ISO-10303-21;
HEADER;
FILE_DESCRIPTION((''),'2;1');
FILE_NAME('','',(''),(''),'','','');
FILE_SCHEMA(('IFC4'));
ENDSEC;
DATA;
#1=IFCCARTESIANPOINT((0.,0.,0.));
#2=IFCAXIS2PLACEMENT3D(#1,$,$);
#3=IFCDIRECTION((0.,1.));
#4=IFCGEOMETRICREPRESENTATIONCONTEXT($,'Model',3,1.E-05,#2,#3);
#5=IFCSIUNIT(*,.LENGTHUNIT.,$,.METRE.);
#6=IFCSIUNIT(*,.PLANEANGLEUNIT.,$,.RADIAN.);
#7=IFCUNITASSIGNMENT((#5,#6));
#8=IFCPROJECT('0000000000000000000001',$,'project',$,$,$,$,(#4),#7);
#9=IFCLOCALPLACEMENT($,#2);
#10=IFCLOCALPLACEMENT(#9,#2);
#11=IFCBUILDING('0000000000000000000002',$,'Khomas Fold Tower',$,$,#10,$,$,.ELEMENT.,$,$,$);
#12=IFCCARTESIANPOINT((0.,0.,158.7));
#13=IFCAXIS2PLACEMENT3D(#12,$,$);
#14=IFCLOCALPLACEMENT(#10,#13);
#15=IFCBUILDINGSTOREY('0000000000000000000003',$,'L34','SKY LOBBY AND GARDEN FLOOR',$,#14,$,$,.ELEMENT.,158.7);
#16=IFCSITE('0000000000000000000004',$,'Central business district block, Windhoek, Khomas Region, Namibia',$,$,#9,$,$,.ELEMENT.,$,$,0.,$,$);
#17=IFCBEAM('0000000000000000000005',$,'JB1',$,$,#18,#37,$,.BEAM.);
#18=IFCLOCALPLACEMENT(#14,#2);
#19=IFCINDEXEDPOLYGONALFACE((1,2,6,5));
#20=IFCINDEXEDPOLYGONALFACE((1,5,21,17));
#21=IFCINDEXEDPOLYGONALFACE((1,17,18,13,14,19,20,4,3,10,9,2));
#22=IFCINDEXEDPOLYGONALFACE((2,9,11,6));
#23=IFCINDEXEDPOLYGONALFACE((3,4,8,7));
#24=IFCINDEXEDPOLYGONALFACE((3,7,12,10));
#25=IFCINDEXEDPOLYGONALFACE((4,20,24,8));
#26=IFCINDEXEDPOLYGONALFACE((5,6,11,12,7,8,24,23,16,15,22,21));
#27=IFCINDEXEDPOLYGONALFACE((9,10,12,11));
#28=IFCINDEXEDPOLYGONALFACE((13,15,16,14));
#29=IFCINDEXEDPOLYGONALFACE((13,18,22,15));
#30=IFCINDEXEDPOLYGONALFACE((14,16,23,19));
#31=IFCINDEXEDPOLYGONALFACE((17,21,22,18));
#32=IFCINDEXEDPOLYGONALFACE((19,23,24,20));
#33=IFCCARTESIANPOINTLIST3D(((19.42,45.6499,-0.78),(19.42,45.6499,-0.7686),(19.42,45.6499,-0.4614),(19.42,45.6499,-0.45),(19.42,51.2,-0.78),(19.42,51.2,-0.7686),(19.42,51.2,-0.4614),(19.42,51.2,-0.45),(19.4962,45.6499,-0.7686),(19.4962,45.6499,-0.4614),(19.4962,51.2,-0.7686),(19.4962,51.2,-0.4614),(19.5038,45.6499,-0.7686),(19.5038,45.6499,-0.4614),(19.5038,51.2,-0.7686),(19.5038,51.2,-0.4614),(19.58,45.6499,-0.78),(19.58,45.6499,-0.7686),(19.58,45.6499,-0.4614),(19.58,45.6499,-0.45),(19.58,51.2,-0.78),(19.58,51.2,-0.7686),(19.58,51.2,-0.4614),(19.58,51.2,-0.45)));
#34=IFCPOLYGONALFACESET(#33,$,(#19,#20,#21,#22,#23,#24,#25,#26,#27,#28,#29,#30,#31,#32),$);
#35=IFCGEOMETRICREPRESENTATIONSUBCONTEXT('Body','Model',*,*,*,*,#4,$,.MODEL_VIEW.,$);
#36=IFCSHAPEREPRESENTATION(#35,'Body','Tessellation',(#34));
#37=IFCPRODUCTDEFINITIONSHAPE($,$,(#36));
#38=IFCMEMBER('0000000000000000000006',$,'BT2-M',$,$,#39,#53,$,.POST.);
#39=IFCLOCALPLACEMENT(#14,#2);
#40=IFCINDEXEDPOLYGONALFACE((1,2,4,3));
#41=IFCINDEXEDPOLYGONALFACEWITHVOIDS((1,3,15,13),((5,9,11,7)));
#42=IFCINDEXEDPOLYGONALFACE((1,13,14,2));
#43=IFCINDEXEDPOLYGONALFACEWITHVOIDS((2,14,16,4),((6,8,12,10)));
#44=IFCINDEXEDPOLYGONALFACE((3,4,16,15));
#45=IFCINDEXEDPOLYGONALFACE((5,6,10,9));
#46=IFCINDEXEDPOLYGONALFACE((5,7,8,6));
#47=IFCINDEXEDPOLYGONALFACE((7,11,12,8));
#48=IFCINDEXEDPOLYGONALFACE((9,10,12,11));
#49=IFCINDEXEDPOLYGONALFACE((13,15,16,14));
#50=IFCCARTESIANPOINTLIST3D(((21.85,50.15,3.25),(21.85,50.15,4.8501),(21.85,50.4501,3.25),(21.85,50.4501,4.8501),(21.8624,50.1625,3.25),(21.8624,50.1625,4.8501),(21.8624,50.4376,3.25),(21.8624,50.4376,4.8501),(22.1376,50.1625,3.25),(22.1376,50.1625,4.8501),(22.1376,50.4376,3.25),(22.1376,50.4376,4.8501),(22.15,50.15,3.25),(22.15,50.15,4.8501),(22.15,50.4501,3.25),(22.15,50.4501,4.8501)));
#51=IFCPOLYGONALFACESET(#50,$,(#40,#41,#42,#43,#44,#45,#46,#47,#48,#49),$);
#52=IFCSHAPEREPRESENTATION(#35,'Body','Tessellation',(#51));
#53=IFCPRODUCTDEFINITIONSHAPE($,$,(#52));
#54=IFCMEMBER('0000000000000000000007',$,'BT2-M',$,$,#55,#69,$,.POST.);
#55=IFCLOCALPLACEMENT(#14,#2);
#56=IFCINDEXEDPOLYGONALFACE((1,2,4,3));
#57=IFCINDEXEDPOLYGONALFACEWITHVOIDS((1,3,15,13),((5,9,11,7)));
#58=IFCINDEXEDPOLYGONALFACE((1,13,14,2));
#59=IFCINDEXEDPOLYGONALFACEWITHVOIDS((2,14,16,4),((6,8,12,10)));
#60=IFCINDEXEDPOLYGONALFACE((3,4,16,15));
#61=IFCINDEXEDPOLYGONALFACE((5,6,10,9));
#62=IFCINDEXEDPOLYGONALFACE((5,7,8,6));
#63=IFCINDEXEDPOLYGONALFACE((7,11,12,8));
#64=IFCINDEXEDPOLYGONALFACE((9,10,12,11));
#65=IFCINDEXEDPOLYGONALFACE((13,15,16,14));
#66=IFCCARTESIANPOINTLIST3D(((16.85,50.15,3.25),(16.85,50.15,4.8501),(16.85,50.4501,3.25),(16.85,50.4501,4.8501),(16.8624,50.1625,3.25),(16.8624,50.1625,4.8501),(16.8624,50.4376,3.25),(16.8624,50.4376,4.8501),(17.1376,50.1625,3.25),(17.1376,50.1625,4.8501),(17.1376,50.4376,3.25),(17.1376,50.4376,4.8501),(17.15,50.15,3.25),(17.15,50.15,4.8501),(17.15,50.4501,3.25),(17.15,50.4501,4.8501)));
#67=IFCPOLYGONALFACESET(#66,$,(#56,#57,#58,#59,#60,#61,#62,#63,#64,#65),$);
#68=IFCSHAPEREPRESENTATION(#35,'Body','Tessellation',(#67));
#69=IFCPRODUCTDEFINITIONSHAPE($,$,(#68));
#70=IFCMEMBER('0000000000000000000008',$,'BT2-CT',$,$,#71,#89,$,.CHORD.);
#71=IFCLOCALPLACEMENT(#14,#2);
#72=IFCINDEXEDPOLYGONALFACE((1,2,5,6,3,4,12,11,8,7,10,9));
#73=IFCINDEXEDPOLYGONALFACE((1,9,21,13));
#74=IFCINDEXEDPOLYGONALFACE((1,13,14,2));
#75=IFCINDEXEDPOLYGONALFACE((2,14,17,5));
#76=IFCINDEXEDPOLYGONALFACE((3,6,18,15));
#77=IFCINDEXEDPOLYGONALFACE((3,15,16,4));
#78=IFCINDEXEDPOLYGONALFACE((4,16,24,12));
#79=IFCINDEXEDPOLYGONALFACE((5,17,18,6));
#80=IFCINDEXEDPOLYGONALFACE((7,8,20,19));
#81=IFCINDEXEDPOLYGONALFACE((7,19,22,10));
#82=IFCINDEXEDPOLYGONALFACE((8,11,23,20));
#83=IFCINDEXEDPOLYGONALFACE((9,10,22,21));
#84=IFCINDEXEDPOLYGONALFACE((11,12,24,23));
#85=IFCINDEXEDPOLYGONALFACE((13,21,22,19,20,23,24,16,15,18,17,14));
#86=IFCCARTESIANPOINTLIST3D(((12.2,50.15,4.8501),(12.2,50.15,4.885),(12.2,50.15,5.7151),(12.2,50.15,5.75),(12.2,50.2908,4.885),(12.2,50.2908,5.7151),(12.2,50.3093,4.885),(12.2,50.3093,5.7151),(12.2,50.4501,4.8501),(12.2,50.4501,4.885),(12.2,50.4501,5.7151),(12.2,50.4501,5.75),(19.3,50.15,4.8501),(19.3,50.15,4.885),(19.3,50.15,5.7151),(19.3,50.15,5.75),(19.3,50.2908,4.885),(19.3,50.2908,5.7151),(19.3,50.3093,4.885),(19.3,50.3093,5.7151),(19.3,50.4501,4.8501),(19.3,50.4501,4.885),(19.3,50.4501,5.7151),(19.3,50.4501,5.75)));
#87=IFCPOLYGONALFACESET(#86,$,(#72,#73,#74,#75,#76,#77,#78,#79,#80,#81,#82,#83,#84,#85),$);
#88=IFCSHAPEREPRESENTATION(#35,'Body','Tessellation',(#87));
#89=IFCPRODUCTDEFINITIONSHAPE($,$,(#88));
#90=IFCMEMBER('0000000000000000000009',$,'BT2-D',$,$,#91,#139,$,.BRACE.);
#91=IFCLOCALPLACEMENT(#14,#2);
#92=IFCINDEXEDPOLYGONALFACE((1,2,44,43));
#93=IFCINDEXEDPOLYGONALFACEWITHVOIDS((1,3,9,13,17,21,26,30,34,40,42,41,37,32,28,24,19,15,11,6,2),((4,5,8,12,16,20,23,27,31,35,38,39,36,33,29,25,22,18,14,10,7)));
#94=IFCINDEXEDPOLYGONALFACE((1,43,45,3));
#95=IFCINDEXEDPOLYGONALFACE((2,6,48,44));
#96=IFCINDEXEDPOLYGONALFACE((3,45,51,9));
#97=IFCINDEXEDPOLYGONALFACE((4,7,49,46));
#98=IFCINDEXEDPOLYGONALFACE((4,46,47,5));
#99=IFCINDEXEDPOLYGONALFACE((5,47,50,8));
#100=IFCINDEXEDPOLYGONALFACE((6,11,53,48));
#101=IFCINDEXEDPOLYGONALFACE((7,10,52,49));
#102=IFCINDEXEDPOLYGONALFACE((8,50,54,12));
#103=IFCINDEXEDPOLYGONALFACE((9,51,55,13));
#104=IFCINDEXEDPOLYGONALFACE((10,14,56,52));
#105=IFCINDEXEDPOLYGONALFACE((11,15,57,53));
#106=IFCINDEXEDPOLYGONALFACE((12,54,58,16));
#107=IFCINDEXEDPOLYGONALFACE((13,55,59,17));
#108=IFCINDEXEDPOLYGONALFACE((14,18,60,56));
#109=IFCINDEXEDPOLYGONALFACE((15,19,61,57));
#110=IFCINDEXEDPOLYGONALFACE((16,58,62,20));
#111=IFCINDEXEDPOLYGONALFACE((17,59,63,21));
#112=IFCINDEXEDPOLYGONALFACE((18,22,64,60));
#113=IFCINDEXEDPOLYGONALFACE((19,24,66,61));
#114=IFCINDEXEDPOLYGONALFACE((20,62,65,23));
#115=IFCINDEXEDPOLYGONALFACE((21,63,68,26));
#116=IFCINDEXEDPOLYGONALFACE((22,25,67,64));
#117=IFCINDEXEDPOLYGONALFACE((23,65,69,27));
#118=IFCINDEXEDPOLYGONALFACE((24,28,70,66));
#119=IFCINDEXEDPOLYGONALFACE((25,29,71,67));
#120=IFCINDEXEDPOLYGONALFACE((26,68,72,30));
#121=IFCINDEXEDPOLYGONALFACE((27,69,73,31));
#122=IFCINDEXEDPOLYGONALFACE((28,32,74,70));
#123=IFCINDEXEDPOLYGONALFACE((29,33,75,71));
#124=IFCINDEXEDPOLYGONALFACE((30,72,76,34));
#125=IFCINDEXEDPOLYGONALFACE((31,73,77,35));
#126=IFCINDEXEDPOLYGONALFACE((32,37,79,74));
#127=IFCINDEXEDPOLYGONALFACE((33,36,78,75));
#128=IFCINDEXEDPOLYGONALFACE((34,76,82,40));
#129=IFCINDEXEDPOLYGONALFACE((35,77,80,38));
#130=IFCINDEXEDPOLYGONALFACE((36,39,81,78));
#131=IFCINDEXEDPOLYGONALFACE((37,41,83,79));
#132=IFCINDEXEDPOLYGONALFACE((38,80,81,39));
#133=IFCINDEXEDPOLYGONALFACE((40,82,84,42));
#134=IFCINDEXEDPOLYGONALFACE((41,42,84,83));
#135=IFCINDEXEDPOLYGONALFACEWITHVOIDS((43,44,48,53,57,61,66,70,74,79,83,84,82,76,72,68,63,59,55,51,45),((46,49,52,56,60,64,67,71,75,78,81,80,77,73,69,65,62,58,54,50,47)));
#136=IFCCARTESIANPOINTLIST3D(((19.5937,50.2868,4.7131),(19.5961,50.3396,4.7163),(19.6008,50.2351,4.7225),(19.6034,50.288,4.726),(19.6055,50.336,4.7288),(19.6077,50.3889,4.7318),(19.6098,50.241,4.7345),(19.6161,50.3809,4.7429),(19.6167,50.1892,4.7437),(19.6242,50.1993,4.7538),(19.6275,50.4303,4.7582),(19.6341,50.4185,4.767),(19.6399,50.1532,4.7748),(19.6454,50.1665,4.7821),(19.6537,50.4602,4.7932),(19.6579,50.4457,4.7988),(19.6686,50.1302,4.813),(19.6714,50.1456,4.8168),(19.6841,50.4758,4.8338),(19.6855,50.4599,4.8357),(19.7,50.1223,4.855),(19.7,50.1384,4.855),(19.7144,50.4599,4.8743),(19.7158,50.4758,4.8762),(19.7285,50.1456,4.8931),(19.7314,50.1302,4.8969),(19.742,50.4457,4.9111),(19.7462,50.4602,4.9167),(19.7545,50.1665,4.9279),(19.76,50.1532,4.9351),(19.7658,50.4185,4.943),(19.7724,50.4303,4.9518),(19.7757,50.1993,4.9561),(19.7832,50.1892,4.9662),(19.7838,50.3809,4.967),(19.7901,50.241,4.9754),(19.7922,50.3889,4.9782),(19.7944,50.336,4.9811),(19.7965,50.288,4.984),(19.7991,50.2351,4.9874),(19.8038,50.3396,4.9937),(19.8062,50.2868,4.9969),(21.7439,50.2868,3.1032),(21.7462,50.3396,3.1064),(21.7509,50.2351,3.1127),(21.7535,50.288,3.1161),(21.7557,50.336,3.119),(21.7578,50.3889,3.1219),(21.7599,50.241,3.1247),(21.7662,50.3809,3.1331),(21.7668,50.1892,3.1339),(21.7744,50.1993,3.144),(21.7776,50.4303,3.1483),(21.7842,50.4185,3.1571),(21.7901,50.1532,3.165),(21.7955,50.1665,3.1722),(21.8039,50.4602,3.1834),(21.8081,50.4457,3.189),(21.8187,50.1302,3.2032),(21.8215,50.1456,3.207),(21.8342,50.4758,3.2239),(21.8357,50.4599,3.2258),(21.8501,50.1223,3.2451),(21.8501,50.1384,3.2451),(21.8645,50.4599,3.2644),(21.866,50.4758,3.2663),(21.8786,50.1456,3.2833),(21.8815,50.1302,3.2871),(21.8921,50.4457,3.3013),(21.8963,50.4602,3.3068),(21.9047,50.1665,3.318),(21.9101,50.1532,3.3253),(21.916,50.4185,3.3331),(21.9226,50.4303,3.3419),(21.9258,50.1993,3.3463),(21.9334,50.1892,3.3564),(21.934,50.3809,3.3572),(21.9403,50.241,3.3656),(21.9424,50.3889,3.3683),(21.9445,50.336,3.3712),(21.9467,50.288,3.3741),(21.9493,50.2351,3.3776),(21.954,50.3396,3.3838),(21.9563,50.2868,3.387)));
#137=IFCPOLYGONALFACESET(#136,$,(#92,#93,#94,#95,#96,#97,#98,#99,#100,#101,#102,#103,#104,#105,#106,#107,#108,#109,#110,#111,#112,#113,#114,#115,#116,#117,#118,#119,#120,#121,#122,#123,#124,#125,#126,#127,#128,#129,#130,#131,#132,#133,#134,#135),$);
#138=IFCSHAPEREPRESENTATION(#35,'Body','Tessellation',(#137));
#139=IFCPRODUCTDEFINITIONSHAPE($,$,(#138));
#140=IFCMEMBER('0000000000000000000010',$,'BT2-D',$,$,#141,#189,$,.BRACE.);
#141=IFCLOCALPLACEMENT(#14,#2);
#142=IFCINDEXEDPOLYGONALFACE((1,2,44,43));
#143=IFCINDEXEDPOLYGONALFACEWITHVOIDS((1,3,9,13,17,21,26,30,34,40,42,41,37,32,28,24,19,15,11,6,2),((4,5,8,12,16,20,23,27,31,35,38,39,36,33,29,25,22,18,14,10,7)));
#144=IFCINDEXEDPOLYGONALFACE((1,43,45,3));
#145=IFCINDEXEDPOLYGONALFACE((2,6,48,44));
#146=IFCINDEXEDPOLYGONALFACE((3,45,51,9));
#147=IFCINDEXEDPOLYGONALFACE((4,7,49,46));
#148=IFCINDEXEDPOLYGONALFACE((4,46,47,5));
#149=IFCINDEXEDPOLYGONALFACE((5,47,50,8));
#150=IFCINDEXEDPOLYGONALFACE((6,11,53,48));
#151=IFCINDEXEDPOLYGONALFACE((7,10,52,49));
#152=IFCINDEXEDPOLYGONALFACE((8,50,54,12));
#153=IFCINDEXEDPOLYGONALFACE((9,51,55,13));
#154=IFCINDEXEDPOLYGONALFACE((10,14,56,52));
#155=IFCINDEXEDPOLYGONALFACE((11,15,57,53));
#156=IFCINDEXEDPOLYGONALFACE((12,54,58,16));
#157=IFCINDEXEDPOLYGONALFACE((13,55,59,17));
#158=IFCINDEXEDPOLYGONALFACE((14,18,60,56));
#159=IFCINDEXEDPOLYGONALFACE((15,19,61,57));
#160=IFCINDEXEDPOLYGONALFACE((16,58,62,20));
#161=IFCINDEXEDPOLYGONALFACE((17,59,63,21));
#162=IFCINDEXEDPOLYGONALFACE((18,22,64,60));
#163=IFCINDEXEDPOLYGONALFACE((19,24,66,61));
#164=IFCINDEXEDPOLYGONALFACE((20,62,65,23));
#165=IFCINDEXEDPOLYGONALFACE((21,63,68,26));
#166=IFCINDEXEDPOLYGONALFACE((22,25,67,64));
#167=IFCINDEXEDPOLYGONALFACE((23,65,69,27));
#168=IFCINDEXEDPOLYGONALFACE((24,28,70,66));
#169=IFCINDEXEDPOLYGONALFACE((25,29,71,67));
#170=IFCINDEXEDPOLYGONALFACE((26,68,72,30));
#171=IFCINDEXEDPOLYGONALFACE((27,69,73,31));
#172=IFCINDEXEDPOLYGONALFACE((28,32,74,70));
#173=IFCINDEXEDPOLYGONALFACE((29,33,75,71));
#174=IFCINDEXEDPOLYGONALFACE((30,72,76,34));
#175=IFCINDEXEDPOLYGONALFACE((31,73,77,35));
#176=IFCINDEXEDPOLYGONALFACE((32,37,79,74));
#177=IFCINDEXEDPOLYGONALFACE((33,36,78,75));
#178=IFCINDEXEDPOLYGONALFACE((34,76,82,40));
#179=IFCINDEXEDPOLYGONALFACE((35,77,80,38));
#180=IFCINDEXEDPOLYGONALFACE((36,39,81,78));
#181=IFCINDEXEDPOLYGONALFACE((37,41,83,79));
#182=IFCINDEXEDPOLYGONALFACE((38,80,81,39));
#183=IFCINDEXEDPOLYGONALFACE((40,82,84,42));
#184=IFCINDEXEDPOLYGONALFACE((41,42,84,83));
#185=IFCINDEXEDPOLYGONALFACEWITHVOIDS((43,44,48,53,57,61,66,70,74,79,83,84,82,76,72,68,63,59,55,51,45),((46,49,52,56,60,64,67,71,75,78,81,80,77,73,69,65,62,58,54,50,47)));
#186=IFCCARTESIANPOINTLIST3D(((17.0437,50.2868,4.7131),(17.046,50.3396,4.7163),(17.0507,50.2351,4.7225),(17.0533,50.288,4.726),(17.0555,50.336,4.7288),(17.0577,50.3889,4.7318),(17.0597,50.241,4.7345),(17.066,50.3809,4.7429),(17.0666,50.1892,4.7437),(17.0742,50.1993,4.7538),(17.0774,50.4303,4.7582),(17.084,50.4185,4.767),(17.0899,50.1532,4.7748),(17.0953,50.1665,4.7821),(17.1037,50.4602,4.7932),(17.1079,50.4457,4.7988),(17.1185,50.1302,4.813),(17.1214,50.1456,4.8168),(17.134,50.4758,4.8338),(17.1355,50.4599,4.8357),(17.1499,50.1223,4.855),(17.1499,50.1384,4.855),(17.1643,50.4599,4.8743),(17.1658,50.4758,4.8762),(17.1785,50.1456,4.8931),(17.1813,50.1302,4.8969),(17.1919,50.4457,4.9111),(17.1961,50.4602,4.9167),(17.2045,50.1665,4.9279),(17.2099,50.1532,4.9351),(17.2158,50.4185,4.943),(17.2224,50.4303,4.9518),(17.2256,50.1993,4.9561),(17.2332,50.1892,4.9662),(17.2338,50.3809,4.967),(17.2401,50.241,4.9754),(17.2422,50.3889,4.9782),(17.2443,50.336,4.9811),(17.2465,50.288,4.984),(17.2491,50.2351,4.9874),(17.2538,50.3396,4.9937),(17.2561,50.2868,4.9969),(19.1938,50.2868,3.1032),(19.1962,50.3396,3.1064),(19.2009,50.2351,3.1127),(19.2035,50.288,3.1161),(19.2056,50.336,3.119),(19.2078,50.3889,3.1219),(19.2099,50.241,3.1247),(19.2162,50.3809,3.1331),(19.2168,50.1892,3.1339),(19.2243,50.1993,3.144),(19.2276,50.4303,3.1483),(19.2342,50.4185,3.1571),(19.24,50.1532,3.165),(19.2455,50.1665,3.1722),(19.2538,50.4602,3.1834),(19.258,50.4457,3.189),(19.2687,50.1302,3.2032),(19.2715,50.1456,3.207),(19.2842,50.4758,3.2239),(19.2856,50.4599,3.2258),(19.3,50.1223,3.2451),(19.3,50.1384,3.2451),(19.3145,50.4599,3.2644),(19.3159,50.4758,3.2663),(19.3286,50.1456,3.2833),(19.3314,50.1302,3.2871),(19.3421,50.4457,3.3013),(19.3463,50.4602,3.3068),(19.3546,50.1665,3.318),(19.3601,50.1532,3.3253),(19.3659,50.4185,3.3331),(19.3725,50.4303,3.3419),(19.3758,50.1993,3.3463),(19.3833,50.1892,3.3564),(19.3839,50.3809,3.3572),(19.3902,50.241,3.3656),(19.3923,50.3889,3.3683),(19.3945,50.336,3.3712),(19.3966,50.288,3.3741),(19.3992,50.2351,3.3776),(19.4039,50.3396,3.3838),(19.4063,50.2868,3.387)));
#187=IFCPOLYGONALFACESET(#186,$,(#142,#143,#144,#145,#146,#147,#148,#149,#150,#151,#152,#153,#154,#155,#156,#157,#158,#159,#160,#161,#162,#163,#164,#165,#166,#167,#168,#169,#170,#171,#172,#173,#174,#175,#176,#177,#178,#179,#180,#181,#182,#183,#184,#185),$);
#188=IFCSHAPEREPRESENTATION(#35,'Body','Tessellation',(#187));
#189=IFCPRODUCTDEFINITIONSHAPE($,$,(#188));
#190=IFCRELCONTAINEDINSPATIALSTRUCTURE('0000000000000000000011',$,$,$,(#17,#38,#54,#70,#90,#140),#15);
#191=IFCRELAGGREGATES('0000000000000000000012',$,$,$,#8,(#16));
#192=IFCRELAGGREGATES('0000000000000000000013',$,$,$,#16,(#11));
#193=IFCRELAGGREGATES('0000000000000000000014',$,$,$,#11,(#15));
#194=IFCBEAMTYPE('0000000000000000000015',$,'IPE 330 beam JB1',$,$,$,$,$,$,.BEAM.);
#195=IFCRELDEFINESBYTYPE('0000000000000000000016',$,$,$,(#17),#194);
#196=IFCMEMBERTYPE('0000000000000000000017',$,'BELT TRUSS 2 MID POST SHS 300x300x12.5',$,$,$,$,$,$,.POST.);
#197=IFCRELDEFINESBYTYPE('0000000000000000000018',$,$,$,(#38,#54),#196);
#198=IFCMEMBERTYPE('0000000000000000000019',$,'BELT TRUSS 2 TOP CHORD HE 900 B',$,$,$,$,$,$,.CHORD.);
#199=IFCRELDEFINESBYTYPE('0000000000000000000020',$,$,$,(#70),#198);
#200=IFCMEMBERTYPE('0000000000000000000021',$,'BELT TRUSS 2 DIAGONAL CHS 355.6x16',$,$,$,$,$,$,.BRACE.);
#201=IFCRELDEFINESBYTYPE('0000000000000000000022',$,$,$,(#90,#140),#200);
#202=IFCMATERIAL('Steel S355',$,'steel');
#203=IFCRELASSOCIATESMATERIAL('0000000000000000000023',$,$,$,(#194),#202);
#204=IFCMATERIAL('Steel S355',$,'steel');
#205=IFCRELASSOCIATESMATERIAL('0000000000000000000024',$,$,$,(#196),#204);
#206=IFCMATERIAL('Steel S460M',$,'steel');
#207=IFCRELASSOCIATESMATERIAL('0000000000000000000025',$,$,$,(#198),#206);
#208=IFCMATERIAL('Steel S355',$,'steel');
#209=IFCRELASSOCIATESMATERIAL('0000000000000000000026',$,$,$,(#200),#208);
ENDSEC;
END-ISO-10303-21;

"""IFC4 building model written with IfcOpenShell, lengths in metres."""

from ifc_helpers import new_model, si_unit, direction, frame, origin, origin_2d, place, context, subcontext, project, spatial, hollow_rectangle, hollow_circle, i_section, extrude, source, transform, mapped, material, material_profile, profile_set, type_object, element, save


model = new_model("IFC4")

# Units and contexts
model_context = context("Model", 3, precision=1e-05, world=origin(), true_north=direction((0.0, 1.0)))
body_context = subcontext(model_context, "Body", "Model", "MODEL_VIEW")
ifc_project = project(units=[si_unit("LENGTHUNIT", "METRE"), si_unit("PLANEANGLEUNIT", "RADIAN")], contexts=[model_context])

# Site, building, storey
site_placement = place(None, origin())
site = spatial("IfcSite", under=ifc_project, at=site_placement, Name="Central business district block, Windhoek, Khomas Region, Namibia", CompositionType="ELEMENT", RefElevation=0.0)
building_placement = place(site_placement, origin())
building = spatial("IfcBuilding", under=site, at=building_placement, Name="Khomas Fold Tower", CompositionType="ELEMENT")
storey_placement = place(building_placement, frame((0.0, 0.0, 158.7)))
storey = spatial("IfcBuildingStorey", under=building, at=storey_placement, Name="L34", Description="SKY LOBBY AND GARDEN FLOOR", CompositionType="ELEMENT", Elevation=158.7)

# Beam
ifc_material_1 = material(Name="Steel S355", Category="steel")
ifc_material_profile_1 = material_profile(ifc_material_1, i_section(OverallWidth=0.1599, OverallDepth=0.3301, WebThickness=0.0076, FlangeThickness=0.0115, at=origin_2d()), Name="IPE 330")
ifc_profile_set_1 = profile_set([ifc_material_profile_1], Name="Steel S355")
beam_type_1 = type_object("IfcBeamType", Name="IPE 330 beam JB1", PredefinedType="BEAM", material=ifc_profile_set_1)
shared_shape_1 = source(origin(), body_context, "Body", "SweptSolid", [
    extrude(i_section(OverallWidth=0.1599, OverallDepth=0.3301, WebThickness=0.0076, FlangeThickness=0.0115, at=origin_2d()), origin(), (0.0, 0.0, 1.0), 5.55),
])
beam_1_placement = place(storey_placement, frame((19.5, 45.6499, -0.615), z_axis=(0.0, 1.0, 0.0), x_axis=(-1.0, 0.0, 0.0)))
element("IfcBeam", 1, at=beam_1_placement, inside=storey, type_object=beam_type_1, Name="JB1", PredefinedType="BEAM", context=body_context, shape_type="MappedRepresentation", body=[
    mapped(shared_shape_1, transform((0.0, 0.0, 0.0))),
])

# Members
ifc_material_2 = material(Name="Steel S355", Category="steel")
ifc_material_profile_2 = material_profile(ifc_material_2, hollow_rectangle(XDim=0.3, YDim=0.3, WallThickness=0.0125, at=origin_2d()), Name="SHS 300x300x12.5")
ifc_profile_set_2 = profile_set([ifc_material_profile_2], Name="Steel S355")
member_type_1 = type_object("IfcMemberType", Name="BELT TRUSS 2 MID POST SHS 300x300x12.5", PredefinedType="POST", material=ifc_profile_set_2)
shared_shape_2 = source(origin(), body_context, "Body", "SweptSolid", [
    extrude(hollow_rectangle(XDim=0.3, YDim=0.3, WallThickness=0.0125, at=origin_2d()), origin(), (0.0, 0.0, 1.0), 1.6001),
])
for number, where, z_axis, x_axis, name in (
    (2, (22.0, 50.3, 3.25), (0.0, 0.0, 1.0), (1.0, 0.0, 0.0), "BT2-M"),
    (3, (17.0, 50.3, 3.25), (0.0, 0.0, 1.0), (1.0, 0.0, 0.0), "BT2-M"),
):
    element("IfcMember", number, at=place(storey_placement, frame(where, z_axis=z_axis, x_axis=x_axis)), inside=storey, type_object=member_type_1, Name=name, PredefinedType="POST", context=body_context, shape_type="MappedRepresentation", body=[
        mapped(shared_shape_2, transform((0.0, 0.0, 0.0))),
    ])
ifc_material_3 = material(Name="Steel S460M", Category="steel")
ifc_material_profile_3 = material_profile(ifc_material_3, i_section(OverallWidth=0.3, OverallDepth=0.8999, WebThickness=0.0186, FlangeThickness=0.0349, at=origin_2d()), Name="HE 900 B")
ifc_profile_set_3 = profile_set([ifc_material_profile_3], Name="Steel S460M")
member_type_2 = type_object("IfcMemberType", Name="BELT TRUSS 2 TOP CHORD HE 900 B", PredefinedType="CHORD", material=ifc_profile_set_3)
shared_shape_3 = source(origin(), body_context, "Body", "SweptSolid", [
    extrude(i_section(OverallWidth=0.3, OverallDepth=0.8999, WebThickness=0.0186, FlangeThickness=0.0349, at=origin_2d()), origin(), (0.0, 0.0, 1.0), 7.1001),
])
member_1_placement = place(storey_placement, frame((19.3, 50.3, 5.3), z_axis=(-1.0, 0.0, 0.0), x_axis=(0.0, -1.0, 0.0)))
element("IfcMember", 4, at=member_1_placement, inside=storey, type_object=member_type_2, Name="BT2-CT", PredefinedType="CHORD", context=body_context, shape_type="MappedRepresentation", body=[
    mapped(shared_shape_3, transform((0.0, 0.0, 0.0))),
])
ifc_material_4 = material(Name="Steel S355", Category="steel")
ifc_material_profile_4 = material_profile(ifc_material_4, hollow_circle(Radius=0.1777, WallThickness=0.0161, at=origin_2d()), Name="CHS 355.6x16")
ifc_profile_set_4 = profile_set([ifc_material_profile_4], Name="Steel S355")
member_type_3 = type_object("IfcMemberType", Name="BELT TRUSS 2 DIAGONAL CHS 355.6x16", PredefinedType="BRACE", material=ifc_profile_set_4)
shared_shape_4 = source(origin(), body_context, "Body", "SweptSolid", [
    extrude(hollow_circle(Radius=0.1777, WallThickness=0.0161, at=origin_2d()), origin(), (0.0, 0.0, 1.0), 2.686),
])
for number, where, z_axis, x_axis, name in (
    (5, (21.8501, 50.3, 3.2451), (-0.800491, 0.0, 0.599345), (0.0, -1.0, 0.0), "BT2-D"),
    (6, (19.3, 50.3, 3.2451), (-0.800491, 0.0, 0.599345), (0.0, -1.0, 0.0), "BT2-D"),
):
    element("IfcMember", number, at=place(storey_placement, frame(where, z_axis=z_axis, x_axis=x_axis)), inside=storey, type_object=member_type_3, Name=name, PredefinedType="BRACE", context=body_context, shape_type="MappedRepresentation", body=[
        mapped(shared_shape_4, transform((0.0, 0.0, 0.0))),
    ])

save(model, "model.ifc")
